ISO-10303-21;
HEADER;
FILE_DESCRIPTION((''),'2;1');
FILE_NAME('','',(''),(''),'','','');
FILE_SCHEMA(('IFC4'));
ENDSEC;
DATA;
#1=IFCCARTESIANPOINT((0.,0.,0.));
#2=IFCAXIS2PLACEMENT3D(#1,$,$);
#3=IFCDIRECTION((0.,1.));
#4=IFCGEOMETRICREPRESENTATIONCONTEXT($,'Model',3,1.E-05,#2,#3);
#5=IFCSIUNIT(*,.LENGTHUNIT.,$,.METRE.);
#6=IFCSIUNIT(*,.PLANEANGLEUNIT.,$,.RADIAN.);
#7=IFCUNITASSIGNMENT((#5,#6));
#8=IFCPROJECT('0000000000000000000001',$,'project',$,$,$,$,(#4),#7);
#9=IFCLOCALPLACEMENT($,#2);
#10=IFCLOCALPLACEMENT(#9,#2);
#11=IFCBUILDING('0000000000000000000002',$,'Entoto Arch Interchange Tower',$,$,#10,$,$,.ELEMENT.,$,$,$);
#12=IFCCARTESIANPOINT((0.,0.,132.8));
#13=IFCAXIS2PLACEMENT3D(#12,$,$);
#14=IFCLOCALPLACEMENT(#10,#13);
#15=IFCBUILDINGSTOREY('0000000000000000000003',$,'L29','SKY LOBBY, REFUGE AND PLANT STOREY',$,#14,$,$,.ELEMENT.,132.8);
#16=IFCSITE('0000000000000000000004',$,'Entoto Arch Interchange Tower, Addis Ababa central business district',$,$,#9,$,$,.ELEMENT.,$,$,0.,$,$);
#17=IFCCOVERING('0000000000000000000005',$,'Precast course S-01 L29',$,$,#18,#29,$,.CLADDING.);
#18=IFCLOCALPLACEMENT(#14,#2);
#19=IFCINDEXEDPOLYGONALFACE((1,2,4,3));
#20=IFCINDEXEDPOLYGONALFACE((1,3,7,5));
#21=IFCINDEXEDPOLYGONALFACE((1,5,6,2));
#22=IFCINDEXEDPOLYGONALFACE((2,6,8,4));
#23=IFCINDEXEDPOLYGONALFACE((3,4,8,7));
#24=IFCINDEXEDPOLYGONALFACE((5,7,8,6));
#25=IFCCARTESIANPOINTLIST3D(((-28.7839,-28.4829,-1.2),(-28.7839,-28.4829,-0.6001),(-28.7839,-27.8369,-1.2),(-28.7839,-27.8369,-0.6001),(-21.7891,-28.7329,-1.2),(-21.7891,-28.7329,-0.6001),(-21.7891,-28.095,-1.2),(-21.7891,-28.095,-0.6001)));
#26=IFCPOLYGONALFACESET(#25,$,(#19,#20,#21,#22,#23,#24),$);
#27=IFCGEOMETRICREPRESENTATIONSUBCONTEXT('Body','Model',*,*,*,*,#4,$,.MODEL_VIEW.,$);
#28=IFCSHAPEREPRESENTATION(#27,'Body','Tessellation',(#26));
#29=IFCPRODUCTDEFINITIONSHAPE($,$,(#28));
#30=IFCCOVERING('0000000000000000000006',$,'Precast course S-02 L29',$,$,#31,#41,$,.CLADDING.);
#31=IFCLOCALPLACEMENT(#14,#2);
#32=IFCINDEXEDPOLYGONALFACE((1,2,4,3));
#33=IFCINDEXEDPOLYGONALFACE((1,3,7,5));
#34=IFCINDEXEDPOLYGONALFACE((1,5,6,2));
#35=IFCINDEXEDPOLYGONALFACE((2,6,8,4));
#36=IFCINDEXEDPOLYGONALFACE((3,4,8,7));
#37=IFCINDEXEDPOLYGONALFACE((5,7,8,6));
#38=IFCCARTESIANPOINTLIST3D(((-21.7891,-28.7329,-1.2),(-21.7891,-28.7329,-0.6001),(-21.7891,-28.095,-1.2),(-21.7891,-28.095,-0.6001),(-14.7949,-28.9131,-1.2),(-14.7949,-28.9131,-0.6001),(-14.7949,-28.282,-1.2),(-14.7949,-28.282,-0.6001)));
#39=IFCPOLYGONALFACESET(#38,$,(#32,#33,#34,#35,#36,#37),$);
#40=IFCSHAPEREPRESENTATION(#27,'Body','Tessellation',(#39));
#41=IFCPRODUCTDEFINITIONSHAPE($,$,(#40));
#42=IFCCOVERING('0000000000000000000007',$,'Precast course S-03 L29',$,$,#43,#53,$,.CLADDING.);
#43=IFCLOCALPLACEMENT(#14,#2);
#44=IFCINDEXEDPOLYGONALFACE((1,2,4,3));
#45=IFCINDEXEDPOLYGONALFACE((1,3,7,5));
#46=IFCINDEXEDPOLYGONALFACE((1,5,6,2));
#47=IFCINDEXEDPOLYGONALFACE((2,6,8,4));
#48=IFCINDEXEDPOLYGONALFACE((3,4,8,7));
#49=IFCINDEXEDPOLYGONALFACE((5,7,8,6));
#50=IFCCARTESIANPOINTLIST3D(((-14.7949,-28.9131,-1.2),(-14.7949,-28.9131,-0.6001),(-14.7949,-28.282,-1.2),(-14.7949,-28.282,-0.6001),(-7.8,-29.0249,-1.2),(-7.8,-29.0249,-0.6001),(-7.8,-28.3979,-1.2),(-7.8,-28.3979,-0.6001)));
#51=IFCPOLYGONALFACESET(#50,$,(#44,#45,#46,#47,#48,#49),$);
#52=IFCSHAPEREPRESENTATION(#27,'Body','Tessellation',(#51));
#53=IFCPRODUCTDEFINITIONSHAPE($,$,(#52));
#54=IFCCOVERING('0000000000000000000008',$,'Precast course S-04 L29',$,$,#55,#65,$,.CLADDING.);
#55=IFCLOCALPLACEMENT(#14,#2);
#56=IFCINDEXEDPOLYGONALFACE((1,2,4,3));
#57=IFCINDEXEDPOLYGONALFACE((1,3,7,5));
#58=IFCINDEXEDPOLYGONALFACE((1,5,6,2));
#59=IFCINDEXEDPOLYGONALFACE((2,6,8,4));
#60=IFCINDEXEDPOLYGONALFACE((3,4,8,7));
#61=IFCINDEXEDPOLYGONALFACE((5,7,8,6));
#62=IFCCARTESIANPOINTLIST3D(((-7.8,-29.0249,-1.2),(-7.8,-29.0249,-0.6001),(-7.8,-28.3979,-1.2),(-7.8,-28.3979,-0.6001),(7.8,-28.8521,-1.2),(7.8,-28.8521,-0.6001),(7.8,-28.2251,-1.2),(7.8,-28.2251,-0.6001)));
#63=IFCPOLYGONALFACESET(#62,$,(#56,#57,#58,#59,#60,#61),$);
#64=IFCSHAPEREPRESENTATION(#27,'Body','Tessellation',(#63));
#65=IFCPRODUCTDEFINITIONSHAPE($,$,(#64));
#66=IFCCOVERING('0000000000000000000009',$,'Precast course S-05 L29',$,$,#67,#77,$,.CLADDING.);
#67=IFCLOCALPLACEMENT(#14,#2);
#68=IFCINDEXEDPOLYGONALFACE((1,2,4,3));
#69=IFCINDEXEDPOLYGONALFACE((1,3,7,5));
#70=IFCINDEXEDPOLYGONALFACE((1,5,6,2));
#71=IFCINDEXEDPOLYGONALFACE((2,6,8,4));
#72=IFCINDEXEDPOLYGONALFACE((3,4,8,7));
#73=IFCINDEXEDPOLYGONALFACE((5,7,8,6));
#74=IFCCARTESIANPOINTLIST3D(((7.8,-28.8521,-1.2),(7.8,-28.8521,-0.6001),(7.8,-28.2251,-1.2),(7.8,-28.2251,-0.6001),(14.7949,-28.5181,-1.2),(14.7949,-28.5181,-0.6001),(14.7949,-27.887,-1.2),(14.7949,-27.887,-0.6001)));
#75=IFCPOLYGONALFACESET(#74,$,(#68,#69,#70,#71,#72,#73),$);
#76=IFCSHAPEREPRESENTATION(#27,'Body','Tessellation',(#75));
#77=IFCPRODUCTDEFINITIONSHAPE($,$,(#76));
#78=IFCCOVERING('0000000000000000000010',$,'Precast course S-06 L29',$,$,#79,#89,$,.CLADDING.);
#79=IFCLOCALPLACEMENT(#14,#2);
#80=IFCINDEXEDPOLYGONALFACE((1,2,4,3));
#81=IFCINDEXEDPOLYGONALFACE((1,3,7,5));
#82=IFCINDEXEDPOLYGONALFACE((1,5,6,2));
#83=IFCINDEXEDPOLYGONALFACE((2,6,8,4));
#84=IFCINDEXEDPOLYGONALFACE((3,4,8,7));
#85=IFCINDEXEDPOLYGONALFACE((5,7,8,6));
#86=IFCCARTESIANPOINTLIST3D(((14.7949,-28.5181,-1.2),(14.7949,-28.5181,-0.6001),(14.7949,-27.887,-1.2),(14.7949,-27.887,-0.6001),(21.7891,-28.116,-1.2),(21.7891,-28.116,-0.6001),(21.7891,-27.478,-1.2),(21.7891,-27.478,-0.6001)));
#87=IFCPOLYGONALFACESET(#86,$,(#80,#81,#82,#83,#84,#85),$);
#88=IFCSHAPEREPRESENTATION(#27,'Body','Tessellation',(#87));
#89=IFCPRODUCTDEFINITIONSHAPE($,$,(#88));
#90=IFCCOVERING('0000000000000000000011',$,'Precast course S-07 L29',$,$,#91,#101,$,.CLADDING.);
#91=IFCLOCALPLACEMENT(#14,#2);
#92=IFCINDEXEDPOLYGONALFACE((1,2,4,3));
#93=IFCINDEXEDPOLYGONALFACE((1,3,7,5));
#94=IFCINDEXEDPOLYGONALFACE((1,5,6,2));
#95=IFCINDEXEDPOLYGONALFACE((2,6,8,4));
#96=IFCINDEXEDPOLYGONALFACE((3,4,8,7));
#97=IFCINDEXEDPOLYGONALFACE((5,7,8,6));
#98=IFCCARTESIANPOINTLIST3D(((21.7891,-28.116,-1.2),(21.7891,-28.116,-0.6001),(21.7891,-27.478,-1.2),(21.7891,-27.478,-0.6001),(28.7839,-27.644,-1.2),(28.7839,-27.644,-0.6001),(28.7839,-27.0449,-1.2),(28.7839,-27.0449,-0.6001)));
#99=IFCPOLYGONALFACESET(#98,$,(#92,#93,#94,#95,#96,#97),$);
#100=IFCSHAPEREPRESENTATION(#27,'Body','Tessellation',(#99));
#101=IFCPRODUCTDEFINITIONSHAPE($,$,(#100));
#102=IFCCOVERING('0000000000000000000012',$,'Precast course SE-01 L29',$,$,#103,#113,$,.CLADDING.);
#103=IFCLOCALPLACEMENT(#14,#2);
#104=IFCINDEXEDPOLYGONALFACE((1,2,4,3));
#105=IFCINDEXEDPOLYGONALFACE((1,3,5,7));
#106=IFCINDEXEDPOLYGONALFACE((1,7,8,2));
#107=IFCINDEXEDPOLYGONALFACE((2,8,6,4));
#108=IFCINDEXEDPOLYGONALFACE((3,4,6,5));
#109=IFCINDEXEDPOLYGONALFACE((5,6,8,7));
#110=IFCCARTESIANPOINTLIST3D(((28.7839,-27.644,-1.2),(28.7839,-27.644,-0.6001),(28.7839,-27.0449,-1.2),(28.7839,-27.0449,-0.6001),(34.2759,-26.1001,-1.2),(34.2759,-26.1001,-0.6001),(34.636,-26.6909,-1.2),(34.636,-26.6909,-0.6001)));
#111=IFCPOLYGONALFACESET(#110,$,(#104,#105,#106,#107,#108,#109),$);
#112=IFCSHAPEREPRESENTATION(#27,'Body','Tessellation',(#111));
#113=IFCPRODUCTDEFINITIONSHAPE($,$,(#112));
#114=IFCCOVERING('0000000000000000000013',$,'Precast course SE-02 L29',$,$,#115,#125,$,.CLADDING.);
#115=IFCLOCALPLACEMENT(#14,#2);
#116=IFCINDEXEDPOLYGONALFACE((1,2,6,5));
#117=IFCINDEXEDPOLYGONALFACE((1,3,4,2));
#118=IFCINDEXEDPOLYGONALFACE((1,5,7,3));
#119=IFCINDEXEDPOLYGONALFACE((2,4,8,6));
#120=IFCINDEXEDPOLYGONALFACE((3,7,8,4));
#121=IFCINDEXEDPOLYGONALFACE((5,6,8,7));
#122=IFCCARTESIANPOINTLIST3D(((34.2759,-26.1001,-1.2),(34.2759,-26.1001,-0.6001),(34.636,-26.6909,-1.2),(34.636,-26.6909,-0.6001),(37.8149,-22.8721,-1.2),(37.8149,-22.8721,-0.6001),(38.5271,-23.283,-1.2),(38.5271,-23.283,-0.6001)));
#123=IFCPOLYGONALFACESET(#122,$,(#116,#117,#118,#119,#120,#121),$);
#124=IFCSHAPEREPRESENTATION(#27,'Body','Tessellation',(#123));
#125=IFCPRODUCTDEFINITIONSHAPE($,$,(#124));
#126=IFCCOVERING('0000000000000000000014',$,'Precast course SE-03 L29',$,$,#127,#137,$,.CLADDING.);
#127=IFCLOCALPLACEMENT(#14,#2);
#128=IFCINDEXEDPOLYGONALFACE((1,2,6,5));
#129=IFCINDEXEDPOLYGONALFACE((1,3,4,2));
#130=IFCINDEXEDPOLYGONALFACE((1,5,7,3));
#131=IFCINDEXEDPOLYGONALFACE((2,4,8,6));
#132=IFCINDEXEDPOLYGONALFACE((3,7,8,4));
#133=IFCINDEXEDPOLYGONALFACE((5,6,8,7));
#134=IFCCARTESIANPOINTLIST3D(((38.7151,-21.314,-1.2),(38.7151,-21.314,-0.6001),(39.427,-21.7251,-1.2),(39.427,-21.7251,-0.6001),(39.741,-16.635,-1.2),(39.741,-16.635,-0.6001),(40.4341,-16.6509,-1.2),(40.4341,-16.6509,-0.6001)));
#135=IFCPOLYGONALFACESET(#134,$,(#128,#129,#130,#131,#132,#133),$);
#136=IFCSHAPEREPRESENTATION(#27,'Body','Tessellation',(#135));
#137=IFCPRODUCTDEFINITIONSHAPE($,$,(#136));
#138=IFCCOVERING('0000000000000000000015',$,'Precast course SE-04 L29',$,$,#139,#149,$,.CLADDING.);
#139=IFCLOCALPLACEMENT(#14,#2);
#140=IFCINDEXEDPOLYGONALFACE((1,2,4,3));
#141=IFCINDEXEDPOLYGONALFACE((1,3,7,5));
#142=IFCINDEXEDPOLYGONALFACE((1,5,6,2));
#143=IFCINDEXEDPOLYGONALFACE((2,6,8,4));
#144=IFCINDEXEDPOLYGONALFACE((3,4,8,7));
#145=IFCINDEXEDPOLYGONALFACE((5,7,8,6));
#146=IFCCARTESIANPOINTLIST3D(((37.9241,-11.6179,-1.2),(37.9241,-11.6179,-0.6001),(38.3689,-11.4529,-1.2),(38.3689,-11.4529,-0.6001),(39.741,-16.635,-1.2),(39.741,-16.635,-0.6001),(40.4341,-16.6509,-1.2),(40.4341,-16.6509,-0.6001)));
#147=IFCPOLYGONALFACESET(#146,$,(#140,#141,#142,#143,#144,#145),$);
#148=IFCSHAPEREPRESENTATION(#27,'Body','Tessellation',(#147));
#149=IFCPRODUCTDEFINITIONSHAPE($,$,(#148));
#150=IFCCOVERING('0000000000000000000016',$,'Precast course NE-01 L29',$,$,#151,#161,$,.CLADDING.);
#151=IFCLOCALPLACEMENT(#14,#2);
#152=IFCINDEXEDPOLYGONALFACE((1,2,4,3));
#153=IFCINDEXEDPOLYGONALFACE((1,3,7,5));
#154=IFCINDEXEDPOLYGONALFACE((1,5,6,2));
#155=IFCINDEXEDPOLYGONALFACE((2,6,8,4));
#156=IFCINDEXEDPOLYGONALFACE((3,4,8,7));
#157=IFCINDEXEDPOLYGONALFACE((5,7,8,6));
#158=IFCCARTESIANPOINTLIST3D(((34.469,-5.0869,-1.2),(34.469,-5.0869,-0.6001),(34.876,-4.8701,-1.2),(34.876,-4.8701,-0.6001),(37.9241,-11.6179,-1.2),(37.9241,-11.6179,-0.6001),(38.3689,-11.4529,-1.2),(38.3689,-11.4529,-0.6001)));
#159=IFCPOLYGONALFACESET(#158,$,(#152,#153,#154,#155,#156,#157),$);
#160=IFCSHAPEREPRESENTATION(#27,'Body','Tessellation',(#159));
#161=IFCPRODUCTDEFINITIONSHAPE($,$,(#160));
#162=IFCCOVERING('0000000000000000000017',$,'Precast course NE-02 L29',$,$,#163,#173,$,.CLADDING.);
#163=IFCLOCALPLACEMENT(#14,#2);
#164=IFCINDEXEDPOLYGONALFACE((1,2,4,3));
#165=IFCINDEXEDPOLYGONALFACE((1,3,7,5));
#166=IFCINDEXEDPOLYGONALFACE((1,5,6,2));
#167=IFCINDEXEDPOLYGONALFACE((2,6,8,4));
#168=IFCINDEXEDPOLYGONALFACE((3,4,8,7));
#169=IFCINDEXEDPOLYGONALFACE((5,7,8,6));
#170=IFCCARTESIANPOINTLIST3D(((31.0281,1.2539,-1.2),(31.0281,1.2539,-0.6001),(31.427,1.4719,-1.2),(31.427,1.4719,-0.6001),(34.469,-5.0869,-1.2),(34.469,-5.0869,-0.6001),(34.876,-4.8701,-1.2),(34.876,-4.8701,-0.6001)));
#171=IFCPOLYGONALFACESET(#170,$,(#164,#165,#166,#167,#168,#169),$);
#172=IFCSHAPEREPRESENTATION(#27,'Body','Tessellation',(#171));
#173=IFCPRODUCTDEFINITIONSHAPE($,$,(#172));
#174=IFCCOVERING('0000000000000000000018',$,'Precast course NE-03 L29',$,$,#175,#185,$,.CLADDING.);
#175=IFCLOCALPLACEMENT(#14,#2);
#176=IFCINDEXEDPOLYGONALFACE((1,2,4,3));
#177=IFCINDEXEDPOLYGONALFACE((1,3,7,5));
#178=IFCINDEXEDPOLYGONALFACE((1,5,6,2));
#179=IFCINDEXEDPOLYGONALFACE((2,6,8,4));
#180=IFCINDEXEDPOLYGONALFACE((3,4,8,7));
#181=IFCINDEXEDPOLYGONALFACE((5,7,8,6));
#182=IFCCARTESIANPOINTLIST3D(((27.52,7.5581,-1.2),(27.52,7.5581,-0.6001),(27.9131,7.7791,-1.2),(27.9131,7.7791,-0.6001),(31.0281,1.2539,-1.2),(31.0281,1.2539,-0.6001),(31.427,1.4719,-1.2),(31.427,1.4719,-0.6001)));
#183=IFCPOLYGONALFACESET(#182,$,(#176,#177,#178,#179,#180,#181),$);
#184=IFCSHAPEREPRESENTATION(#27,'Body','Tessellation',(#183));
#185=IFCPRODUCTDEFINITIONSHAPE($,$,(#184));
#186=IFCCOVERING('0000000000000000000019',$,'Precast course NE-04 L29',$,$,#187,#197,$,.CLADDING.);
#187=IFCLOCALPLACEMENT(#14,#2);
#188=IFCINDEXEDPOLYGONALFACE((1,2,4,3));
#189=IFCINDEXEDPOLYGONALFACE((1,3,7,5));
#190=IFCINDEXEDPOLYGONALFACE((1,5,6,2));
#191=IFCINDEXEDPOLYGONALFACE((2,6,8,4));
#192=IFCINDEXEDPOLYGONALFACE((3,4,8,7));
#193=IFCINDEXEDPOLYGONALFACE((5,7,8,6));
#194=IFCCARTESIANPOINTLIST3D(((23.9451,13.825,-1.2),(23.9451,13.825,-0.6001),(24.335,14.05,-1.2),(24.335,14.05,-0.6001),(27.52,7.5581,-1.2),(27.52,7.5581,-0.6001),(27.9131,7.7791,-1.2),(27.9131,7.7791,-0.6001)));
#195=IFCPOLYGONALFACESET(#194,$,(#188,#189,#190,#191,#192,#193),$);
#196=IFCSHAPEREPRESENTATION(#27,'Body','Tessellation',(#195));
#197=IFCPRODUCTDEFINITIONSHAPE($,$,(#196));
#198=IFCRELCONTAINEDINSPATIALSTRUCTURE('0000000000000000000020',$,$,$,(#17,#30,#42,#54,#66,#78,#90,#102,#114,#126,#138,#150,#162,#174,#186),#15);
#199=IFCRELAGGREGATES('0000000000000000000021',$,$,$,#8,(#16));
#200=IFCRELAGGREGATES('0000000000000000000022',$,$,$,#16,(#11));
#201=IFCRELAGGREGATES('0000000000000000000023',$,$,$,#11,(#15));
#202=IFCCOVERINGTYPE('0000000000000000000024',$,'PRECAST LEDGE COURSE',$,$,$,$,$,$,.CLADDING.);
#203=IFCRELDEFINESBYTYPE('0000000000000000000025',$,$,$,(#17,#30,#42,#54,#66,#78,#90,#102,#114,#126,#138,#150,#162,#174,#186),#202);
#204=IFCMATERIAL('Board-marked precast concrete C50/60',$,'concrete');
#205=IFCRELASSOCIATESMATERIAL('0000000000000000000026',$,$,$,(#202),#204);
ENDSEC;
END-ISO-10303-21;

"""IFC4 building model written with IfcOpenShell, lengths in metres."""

from ifc_helpers import new_model, si_unit, direction, frame, origin, place, context, subcontext, project, spatial, polyline, outline, extrude, material, type_object, element, save


model = new_model("IFC4")

# Units and contexts
model_context = context("Model", 3, precision=1e-05, world=origin(), true_north=direction((0.0, 1.0)))
body_context = subcontext(model_context, "Body", "Model", "MODEL_VIEW")
ifc_project = project(units=[si_unit("LENGTHUNIT", "METRE"), si_unit("PLANEANGLEUNIT", "RADIAN")], contexts=[model_context])

# Site, building, storey
site_placement = place(None, origin())
site = spatial("IfcSite", under=ifc_project, at=site_placement, Name="Entoto Arch Interchange Tower, Addis Ababa central business district", CompositionType="ELEMENT", RefElevation=0.0)
building_placement = place(site_placement, origin())
building = spatial("IfcBuilding", under=site, at=building_placement, Name="Entoto Arch Interchange Tower", CompositionType="ELEMENT")
storey_placement = place(building_placement, frame((0.0, 0.0, 132.8)))
storey = spatial("IfcBuildingStorey", under=building, at=storey_placement, Name="L29", Description="SKY LOBBY, REFUGE AND PLANT STOREY", CompositionType="ELEMENT", Elevation=132.8)

# Coverings
ifc_material = material(Name="Board-marked precast concrete C50/60", Category="concrete")
covering_type = type_object("IfcCoveringType", Name="PRECAST LEDGE COURSE", PredefinedType="CLADDING", material=ifc_material)
covering_1_placement = place(storey_placement, frame((0.0, 0.0, -1.2)))
element("IfcCovering", 1, at=covering_1_placement, inside=storey, type_object=covering_type, Name="Precast course S-01 L29", PredefinedType="CLADDING", context=body_context, shape_type="SweptSolid", body=[
    extrude(outline(polyline([(-21.7891, -28.095), (-21.7891, -28.7329), (-28.7839, -28.4829), (-28.7839, -27.8369), (-21.7891, -28.095)])), origin(), (0.0, 0.0, 1.0), 0.5999),
])
covering_2_placement = place(storey_placement, frame((0.0, 0.0, -1.2)))
element("IfcCovering", 2, at=covering_2_placement, inside=storey, type_object=covering_type, Name="Precast course S-02 L29", PredefinedType="CLADDING", context=body_context, shape_type="SweptSolid", body=[
    extrude(outline(polyline([(-14.7949, -28.282), (-14.7949, -28.9131), (-21.7891, -28.7329), (-21.7891, -28.095), (-14.7949, -28.282)])), origin(), (0.0, 0.0, 1.0), 0.5999),
])
covering_3_placement = place(storey_placement, frame((0.0, 0.0, -1.2)))
element("IfcCovering", 3, at=covering_3_placement, inside=storey, type_object=covering_type, Name="Precast course S-03 L29", PredefinedType="CLADDING", context=body_context, shape_type="SweptSolid", body=[
    extrude(outline(polyline([(-7.8, -28.3979), (-7.8, -29.0249), (-14.7949, -28.9131), (-14.7949, -28.282), (-7.8, -28.3979)])), origin(), (0.0, 0.0, 1.0), 0.5999),
])
covering_4_placement = place(storey_placement, frame((0.0, 0.0, -1.2)))
element("IfcCovering", 4, at=covering_4_placement, inside=storey, type_object=covering_type, Name="Precast course S-04 L29", PredefinedType="CLADDING", context=body_context, shape_type="SweptSolid", body=[
    extrude(outline(polyline([(7.8, -28.2251), (7.8, -28.8521), (-7.8, -29.0249), (-7.8, -28.3979), (7.8, -28.2251)])), origin(), (0.0, 0.0, 1.0), 0.5999),
])
covering_5_placement = place(storey_placement, frame((0.0, 0.0, -1.2)))
element("IfcCovering", 5, at=covering_5_placement, inside=storey, type_object=covering_type, Name="Precast course S-05 L29", PredefinedType="CLADDING", context=body_context, shape_type="SweptSolid", body=[
    extrude(outline(polyline([(14.7949, -27.887), (14.7949, -28.5181), (7.8, -28.8521), (7.8, -28.2251), (14.7949, -27.887)])), origin(), (0.0, 0.0, 1.0), 0.5999),
])
covering_6_placement = place(storey_placement, frame((0.0, 0.0, -1.2)))
element("IfcCovering", 6, at=covering_6_placement, inside=storey, type_object=covering_type, Name="Precast course S-06 L29", PredefinedType="CLADDING", context=body_context, shape_type="SweptSolid", body=[
    extrude(outline(polyline([(21.7891, -27.478), (21.7891, -28.116), (14.7949, -28.5181), (14.7949, -27.887), (21.7891, -27.478)])), origin(), (0.0, 0.0, 1.0), 0.5999),
])
covering_7_placement = place(storey_placement, frame((0.0, 0.0, -1.2)))
element("IfcCovering", 7, at=covering_7_placement, inside=storey, type_object=covering_type, Name="Precast course S-07 L29", PredefinedType="CLADDING", context=body_context, shape_type="SweptSolid", body=[
    extrude(outline(polyline([(28.7839, -27.0449), (28.7839, -27.644), (21.7891, -28.116), (21.7891, -27.478), (28.7839, -27.0449)])), origin(), (0.0, 0.0, 1.0), 0.5999),
])
covering_8_placement = place(storey_placement, frame((0.0, 0.0, -1.2)))
element("IfcCovering", 8, at=covering_8_placement, inside=storey, type_object=covering_type, Name="Precast course SE-01 L29", PredefinedType="CLADDING", context=body_context, shape_type="SweptSolid", body=[
    extrude(outline(polyline([(34.2759, -26.1001), (34.636, -26.6909), (28.7839, -27.644), (28.7839, -27.0449), (34.2759, -26.1001)])), origin(), (0.0, 0.0, 1.0), 0.5999),
])
covering_9_placement = place(storey_placement, frame((0.0, 0.0, -1.2)))
element("IfcCovering", 9, at=covering_9_placement, inside=storey, type_object=covering_type, Name="Precast course SE-02 L29", PredefinedType="CLADDING", context=body_context, shape_type="SweptSolid", body=[
    extrude(outline(polyline([(37.8149, -22.8721), (38.5271, -23.283), (34.636, -26.6909), (34.2759, -26.1001), (37.8149, -22.8721)])), origin(), (0.0, 0.0, 1.0), 0.5999),
])
covering_10_placement = place(storey_placement, frame((0.0, 0.0, -1.2)))
element("IfcCovering", 10, at=covering_10_placement, inside=storey, type_object=covering_type, Name="Precast course SE-03 L29", PredefinedType="CLADDING", context=body_context, shape_type="SweptSolid", body=[
    extrude(outline(polyline([(39.741, -16.635), (40.4341, -16.6509), (39.427, -21.7251), (38.7151, -21.314), (39.741, -16.635)])), origin(), (0.0, 0.0, 1.0), 0.5999),
])
covering_11_placement = place(storey_placement, frame((0.0, 0.0, -1.2)))
element("IfcCovering", 11, at=covering_11_placement, inside=storey, type_object=covering_type, Name="Precast course SE-04 L29", PredefinedType="CLADDING", context=body_context, shape_type="SweptSolid", body=[
    extrude(outline(polyline([(37.9241, -11.6179), (38.3689, -11.4529), (40.4341, -16.6509), (39.741, -16.635), (37.9241, -11.6179)])), origin(), (0.0, 0.0, 1.0), 0.5999),
])
covering_12_placement = place(storey_placement, frame((0.0, 0.0, -1.2)))
element("IfcCovering", 12, at=covering_12_placement, inside=storey, type_object=covering_type, Name="Precast course NE-01 L29", PredefinedType="CLADDING", context=body_context, shape_type="SweptSolid", body=[
    extrude(outline(polyline([(34.469, -5.0869), (34.876, -4.8701), (38.3689, -11.4529), (37.9241, -11.6179), (34.469, -5.0869)])), origin(), (0.0, 0.0, 1.0), 0.5999),
])
covering_13_placement = place(storey_placement, frame((0.0, 0.0, -1.2)))
element("IfcCovering", 13, at=covering_13_placement, inside=storey, type_object=covering_type, Name="Precast course NE-02 L29", PredefinedType="CLADDING", context=body_context, shape_type="SweptSolid", body=[
    extrude(outline(polyline([(31.0281, 1.2539), (31.427, 1.4719), (34.876, -4.8701), (34.469, -5.0869), (31.0281, 1.2539)])), origin(), (0.0, 0.0, 1.0), 0.5999),
])
covering_14_placement = place(storey_placement, frame((0.0, 0.0, -1.2)))
element("IfcCovering", 14, at=covering_14_placement, inside=storey, type_object=covering_type, Name="Precast course NE-03 L29", PredefinedType="CLADDING", context=body_context, shape_type="SweptSolid", body=[
    extrude(outline(polyline([(27.52, 7.5581), (27.9131, 7.7791), (31.427, 1.4719), (31.0281, 1.2539), (27.52, 7.5581)])), origin(), (0.0, 0.0, 1.0), 0.5999),
])
covering_15_placement = place(storey_placement, frame((0.0, 0.0, -1.2)))
element("IfcCovering", 15, at=covering_15_placement, inside=storey, type_object=covering_type, Name="Precast course NE-04 L29", PredefinedType="CLADDING", context=body_context, shape_type="SweptSolid", body=[
    extrude(outline(polyline([(23.9451, 13.825), (24.335, 14.05), (27.9131, 7.7791), (27.52, 7.5581), (23.9451, 13.825)])), origin(), (0.0, 0.0, 1.0), 0.5999),
])

save(model, "model.ifc")
